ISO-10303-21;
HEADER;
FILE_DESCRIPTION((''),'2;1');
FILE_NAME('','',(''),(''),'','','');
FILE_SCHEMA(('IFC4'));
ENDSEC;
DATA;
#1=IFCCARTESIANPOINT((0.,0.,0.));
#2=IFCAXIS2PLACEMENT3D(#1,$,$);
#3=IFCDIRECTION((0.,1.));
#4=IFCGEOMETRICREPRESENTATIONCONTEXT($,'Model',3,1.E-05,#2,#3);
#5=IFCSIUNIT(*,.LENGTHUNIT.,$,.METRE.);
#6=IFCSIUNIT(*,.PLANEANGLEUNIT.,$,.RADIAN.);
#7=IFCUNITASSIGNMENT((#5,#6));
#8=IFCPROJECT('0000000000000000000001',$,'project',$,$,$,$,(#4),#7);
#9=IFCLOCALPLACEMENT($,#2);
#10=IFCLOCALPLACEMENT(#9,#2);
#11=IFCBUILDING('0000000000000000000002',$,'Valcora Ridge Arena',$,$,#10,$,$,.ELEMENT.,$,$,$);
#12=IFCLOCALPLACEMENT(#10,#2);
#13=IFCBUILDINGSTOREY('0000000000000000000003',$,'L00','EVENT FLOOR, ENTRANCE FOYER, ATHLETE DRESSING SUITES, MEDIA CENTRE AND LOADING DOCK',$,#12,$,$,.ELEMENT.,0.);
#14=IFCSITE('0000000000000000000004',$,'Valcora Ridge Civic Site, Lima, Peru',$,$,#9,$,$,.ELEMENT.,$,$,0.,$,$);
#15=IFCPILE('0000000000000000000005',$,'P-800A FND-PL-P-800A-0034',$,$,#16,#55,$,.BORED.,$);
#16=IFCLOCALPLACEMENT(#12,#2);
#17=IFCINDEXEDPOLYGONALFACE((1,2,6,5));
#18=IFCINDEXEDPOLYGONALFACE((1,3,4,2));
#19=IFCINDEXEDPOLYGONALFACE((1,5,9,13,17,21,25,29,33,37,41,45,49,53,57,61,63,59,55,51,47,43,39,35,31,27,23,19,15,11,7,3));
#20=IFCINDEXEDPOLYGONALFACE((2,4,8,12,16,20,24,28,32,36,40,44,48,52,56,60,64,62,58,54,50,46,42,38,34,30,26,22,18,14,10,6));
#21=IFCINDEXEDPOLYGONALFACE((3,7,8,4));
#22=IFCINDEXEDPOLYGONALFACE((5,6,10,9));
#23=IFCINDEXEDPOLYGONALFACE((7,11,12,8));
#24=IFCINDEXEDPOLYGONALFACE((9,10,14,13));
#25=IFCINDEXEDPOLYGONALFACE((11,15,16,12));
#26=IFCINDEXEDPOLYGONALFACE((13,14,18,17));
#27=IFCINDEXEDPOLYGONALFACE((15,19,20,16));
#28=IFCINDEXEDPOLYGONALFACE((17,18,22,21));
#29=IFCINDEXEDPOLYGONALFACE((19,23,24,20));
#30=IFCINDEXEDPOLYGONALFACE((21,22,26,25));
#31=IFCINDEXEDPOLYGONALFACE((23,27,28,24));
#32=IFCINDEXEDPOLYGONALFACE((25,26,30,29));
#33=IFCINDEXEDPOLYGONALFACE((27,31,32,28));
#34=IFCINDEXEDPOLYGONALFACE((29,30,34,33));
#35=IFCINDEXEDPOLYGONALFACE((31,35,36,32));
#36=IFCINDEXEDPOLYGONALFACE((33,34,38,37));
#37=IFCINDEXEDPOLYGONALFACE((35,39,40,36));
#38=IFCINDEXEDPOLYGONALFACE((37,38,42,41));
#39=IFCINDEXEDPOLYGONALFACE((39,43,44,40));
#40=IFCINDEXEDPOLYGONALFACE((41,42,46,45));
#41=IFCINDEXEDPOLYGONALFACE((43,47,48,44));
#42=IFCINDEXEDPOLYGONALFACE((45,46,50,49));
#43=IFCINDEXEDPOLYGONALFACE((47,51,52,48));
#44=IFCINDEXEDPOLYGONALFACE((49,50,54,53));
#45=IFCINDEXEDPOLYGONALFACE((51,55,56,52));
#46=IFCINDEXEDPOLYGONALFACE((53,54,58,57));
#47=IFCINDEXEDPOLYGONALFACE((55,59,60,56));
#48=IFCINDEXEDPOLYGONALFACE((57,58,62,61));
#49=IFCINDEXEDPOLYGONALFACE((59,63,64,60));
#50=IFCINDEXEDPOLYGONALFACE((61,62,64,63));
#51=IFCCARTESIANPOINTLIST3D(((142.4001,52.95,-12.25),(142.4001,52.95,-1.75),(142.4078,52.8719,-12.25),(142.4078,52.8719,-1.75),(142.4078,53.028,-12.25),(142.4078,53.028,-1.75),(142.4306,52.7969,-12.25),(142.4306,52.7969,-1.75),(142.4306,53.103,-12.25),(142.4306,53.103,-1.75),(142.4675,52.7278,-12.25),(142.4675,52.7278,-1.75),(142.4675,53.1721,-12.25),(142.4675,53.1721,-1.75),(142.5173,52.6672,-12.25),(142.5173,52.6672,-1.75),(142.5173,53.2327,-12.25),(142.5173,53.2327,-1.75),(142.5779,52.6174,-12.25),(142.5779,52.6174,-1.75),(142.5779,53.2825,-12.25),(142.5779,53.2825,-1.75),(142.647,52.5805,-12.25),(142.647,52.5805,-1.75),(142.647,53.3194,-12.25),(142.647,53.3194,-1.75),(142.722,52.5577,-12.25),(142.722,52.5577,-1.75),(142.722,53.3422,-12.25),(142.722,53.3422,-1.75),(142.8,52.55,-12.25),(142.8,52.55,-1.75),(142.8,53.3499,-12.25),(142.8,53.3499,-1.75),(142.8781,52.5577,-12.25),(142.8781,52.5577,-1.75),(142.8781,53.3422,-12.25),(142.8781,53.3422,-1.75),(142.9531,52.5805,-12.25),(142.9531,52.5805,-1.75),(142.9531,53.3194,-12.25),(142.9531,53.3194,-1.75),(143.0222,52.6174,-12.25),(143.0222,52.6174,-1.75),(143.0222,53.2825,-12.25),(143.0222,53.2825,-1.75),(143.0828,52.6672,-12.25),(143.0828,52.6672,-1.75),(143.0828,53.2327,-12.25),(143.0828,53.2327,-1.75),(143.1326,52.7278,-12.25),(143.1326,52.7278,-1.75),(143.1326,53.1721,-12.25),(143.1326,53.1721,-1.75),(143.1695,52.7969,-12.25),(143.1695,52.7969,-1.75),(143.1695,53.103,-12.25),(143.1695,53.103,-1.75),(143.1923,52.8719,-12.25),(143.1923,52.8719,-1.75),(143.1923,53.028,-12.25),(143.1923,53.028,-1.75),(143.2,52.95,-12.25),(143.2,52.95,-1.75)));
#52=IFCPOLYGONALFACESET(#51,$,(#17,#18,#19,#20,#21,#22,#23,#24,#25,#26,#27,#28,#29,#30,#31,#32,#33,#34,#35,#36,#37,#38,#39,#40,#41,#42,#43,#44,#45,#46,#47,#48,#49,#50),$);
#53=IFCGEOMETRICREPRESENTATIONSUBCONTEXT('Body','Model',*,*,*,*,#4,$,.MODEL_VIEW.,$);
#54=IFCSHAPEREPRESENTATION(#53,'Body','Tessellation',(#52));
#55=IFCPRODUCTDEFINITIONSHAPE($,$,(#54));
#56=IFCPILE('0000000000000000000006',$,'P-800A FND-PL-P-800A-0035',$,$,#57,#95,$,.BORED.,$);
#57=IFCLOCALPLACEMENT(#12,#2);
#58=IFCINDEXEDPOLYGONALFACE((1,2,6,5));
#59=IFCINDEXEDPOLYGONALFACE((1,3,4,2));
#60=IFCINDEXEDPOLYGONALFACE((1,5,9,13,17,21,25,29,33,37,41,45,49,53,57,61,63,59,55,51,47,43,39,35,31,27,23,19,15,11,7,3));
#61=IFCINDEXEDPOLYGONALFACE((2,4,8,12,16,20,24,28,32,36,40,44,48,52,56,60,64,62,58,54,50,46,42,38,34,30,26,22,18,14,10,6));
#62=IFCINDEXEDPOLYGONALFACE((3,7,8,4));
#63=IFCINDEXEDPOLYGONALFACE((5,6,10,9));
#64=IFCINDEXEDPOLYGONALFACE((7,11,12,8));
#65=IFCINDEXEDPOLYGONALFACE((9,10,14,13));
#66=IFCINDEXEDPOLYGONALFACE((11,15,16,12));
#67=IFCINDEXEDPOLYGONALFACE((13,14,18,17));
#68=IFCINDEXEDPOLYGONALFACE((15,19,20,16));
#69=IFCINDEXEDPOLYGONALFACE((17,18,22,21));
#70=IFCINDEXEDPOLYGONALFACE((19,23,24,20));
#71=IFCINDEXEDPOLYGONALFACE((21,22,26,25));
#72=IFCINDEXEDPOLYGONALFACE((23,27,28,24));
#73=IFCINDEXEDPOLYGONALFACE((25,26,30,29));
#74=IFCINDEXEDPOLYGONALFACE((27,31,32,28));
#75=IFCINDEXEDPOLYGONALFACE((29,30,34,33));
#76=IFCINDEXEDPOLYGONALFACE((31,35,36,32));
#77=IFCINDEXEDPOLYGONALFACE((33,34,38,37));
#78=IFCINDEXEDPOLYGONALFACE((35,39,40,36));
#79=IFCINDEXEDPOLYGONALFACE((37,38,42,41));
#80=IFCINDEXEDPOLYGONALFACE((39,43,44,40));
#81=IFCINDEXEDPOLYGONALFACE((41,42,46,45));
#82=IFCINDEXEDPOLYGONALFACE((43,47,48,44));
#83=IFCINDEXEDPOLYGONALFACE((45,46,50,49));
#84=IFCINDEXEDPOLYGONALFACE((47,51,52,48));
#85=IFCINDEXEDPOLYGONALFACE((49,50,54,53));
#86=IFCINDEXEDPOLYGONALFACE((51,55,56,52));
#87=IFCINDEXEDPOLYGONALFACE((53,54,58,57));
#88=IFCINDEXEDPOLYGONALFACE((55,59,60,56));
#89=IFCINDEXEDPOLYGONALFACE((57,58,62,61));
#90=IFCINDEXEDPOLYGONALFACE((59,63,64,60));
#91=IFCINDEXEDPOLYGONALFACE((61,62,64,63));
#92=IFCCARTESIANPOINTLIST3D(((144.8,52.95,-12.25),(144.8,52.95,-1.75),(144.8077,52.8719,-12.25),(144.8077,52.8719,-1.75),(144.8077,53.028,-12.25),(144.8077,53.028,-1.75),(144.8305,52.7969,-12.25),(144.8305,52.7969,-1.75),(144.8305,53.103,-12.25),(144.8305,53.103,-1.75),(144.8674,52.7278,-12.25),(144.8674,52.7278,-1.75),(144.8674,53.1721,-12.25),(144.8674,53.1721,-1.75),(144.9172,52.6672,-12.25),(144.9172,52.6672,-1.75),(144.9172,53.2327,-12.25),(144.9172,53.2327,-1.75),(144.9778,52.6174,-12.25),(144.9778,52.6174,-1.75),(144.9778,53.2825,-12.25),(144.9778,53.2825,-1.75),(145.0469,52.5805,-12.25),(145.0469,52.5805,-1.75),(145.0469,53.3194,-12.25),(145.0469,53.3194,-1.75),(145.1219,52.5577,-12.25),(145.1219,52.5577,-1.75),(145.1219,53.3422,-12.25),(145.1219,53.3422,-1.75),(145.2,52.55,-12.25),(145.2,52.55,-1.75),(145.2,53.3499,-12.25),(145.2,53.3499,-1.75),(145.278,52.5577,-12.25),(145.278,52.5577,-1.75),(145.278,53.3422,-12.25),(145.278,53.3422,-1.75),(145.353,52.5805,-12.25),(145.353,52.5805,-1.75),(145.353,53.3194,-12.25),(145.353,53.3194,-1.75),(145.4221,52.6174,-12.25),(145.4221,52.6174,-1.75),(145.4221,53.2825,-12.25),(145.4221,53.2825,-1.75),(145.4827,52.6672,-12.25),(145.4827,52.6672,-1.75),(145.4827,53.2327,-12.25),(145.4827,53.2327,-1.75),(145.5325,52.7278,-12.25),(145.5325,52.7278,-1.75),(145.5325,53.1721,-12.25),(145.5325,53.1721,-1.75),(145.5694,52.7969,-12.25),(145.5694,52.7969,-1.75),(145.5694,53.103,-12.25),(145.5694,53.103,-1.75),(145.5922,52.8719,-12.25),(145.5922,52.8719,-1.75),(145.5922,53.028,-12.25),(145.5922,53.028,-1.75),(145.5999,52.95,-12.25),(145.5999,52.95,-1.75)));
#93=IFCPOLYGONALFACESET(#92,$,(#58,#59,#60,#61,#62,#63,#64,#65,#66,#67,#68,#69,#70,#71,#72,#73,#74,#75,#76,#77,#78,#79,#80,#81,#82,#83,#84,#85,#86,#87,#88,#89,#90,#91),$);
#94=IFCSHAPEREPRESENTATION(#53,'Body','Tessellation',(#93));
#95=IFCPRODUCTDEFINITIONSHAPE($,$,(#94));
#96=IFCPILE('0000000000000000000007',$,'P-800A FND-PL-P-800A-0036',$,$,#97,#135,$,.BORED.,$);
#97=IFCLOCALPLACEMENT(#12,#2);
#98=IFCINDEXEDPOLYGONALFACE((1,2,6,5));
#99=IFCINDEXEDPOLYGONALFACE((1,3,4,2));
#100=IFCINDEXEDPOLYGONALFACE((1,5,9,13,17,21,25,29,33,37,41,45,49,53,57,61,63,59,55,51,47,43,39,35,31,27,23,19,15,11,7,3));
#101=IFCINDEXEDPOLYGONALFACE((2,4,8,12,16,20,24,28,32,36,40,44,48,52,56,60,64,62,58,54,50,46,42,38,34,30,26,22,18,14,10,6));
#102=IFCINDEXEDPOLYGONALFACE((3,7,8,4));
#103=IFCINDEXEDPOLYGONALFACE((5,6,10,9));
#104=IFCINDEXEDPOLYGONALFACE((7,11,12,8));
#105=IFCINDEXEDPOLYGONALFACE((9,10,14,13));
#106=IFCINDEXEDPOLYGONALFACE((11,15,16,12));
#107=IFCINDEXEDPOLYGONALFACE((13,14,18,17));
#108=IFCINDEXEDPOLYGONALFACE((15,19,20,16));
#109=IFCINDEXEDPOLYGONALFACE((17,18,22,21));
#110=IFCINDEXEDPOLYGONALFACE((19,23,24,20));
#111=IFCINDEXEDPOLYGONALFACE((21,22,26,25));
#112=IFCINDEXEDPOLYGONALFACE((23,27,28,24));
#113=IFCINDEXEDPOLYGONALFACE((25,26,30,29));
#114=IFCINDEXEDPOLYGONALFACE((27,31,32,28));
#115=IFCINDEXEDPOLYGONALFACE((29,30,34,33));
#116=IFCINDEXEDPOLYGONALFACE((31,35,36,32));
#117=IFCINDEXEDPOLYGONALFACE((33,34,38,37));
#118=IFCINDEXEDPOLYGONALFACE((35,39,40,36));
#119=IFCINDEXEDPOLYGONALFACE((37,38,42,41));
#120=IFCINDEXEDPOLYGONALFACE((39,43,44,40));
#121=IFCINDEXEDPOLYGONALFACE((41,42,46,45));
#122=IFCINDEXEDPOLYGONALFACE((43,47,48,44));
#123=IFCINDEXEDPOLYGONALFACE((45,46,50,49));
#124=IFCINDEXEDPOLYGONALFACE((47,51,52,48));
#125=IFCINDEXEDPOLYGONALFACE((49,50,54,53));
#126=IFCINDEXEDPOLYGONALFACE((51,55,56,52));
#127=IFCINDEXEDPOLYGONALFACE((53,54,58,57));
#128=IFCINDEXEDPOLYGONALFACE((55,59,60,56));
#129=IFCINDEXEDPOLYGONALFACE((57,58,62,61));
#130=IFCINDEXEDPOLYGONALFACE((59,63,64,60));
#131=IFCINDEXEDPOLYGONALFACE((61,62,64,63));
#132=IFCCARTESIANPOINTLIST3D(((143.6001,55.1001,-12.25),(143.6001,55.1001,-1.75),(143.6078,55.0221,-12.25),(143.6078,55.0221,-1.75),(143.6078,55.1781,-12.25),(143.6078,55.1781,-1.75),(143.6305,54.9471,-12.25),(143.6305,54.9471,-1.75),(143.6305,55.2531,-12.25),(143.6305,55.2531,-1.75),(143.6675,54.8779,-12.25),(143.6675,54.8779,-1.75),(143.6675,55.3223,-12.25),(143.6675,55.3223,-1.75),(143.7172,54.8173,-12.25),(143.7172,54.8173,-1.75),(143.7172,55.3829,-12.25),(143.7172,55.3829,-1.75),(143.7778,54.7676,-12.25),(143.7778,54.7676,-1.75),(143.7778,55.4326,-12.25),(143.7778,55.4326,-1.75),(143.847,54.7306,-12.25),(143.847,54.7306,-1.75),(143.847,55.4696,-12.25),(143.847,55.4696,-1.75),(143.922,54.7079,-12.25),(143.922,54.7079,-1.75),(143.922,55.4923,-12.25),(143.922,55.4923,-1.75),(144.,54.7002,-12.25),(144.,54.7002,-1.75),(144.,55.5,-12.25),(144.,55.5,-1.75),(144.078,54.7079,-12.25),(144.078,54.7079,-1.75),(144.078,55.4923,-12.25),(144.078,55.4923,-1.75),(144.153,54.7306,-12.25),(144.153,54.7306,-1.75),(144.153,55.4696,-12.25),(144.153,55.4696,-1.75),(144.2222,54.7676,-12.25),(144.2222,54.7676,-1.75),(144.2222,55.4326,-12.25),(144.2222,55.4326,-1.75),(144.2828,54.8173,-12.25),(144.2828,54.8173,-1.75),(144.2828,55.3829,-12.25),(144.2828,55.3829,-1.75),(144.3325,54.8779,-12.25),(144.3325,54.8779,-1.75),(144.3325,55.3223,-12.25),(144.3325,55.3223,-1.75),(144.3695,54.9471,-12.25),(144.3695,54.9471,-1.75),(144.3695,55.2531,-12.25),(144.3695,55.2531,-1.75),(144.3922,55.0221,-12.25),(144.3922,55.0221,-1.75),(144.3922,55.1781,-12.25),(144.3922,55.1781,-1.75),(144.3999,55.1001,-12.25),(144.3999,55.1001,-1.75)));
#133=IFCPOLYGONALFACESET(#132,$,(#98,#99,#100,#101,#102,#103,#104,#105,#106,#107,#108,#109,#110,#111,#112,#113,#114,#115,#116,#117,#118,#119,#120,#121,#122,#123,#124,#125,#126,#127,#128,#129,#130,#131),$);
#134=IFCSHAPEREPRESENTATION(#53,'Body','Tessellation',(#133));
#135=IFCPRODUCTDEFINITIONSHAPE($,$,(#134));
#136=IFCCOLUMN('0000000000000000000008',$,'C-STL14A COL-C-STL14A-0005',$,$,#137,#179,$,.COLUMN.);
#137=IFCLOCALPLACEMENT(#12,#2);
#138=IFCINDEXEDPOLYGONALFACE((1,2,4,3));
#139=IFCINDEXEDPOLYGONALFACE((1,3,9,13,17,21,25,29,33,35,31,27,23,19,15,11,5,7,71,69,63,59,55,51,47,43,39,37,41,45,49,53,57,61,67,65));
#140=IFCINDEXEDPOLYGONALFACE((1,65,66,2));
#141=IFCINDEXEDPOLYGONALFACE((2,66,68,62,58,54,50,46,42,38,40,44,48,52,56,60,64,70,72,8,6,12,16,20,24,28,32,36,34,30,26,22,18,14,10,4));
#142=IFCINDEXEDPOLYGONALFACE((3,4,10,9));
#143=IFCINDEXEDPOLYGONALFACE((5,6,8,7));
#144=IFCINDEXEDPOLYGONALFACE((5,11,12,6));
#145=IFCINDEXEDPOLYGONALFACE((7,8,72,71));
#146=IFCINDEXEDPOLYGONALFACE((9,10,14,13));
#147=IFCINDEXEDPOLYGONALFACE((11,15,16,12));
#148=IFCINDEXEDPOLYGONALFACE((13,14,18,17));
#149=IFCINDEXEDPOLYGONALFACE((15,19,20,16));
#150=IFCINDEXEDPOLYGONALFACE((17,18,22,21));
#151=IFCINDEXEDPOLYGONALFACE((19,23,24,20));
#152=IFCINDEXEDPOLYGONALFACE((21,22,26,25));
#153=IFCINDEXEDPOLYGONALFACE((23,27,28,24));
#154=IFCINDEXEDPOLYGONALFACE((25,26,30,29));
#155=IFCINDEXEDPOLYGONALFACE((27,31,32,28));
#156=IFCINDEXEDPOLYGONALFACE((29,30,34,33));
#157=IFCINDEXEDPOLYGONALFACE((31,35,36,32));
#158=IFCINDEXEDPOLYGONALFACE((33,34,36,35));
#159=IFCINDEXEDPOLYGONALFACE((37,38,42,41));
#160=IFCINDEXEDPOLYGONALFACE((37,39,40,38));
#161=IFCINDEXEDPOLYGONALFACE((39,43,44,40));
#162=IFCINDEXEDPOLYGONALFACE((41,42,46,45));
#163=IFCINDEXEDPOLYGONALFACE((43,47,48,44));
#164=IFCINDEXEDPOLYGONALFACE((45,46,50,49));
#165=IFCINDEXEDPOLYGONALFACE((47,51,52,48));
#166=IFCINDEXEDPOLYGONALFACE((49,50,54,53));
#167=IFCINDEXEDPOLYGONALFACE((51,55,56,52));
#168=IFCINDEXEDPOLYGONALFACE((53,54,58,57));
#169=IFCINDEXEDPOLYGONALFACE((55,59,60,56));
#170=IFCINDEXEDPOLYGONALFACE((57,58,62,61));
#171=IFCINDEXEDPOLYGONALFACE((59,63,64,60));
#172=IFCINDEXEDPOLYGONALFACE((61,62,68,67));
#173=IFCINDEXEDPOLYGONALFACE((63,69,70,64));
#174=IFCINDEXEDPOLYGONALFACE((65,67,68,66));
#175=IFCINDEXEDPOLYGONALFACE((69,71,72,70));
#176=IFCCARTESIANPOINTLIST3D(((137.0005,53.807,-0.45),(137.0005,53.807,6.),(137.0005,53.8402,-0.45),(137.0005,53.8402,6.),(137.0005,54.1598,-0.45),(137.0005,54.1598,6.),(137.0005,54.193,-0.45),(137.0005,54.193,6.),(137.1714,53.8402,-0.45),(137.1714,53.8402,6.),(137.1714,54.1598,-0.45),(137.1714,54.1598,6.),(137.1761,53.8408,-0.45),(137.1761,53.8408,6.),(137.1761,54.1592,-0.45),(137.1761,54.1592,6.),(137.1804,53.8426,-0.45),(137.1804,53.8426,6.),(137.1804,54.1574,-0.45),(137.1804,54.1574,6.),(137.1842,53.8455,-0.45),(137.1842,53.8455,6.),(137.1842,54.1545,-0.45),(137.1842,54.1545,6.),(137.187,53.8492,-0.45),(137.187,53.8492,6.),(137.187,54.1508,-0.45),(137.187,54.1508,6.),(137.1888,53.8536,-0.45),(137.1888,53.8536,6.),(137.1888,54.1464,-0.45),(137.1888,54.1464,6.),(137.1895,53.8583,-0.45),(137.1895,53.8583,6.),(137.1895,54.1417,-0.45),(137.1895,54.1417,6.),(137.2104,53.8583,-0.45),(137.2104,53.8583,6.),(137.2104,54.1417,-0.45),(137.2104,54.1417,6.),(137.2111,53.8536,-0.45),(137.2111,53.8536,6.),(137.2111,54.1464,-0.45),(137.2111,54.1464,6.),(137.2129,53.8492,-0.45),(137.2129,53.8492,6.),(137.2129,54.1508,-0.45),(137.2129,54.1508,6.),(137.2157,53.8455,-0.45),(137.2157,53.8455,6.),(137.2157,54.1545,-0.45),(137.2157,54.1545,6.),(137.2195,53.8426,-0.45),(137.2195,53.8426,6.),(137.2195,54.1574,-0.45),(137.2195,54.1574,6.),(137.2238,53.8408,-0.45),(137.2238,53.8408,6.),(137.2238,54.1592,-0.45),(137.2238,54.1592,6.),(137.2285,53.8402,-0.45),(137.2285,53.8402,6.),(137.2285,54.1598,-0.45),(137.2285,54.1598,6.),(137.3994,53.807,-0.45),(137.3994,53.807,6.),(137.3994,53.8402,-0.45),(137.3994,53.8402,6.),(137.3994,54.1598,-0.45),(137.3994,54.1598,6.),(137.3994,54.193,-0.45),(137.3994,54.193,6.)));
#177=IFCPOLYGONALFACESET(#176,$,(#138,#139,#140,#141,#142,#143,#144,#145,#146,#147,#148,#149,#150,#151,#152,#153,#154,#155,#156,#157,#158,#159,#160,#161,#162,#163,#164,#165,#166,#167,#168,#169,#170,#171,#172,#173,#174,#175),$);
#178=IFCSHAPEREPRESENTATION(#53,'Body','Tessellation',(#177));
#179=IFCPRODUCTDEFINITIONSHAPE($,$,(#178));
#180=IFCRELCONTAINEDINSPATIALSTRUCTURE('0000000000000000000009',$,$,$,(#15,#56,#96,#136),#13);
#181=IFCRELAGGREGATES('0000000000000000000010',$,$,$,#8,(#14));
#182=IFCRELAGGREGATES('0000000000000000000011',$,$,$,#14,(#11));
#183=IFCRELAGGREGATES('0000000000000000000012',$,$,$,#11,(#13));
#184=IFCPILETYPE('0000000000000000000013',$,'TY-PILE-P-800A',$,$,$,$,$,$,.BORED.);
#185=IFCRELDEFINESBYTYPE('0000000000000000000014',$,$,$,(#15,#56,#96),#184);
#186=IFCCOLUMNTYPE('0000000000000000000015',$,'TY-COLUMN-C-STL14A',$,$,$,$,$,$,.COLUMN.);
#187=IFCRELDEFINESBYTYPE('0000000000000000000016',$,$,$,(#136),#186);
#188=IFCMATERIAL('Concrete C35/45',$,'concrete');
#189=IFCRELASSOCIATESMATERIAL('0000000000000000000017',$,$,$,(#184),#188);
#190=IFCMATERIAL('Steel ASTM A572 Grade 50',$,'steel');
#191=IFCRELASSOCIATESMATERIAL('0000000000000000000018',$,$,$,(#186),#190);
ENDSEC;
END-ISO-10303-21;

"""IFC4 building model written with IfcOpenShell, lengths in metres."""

from ifc_helpers import new_model, si_unit, direction, frame, origin, origin_2d, place, context, subcontext, project, spatial, circle, i_section, extrude, material, material_profile, profile_set, type_object, element, save


model = new_model("IFC4")

# Units and contexts
model_context = context("Model", 3, precision=1e-05, world=origin(), true_north=direction((0.0, 1.0)))
body_context = subcontext(model_context, "Body", "Model", "MODEL_VIEW")
ifc_project = project(units=[si_unit("LENGTHUNIT", "METRE"), si_unit("PLANEANGLEUNIT", "RADIAN")], contexts=[model_context])

# Site, building, storey
site_placement = place(None, origin())
site = spatial("IfcSite", under=ifc_project, at=site_placement, Name="Valcora Ridge Civic Site, Lima, Peru", CompositionType="ELEMENT", RefElevation=0.0)
building_placement = place(site_placement, origin())
building = spatial("IfcBuilding", under=site, at=building_placement, Name="Valcora Ridge Arena", CompositionType="ELEMENT")
storey_placement = place(building_placement, origin())
storey = spatial("IfcBuildingStorey", under=building, at=storey_placement, Name="L00", Description="EVENT FLOOR, ENTRANCE FOYER, ATHLETE DRESSING SUITES, MEDIA CENTRE AND LOADING DOCK", CompositionType="ELEMENT", Elevation=0.0)

# Piles
ifc_material_1 = material(Name="Concrete C35/45", Category="concrete")
ifc_material_profile_1 = material_profile(ifc_material_1, circle(Radius=0.3999, at=origin_2d()), Name="BORED PILE D800")
ifc_profile_set_1 = profile_set([ifc_material_profile_1], Name="Concrete C35/45")
pile_type = type_object("IfcPileType", Name="TY-PILE-P-800A", PredefinedType="BORED", material=ifc_profile_set_1)
for number, where, z_axis, x_axis, name in (
    (1, (142.8, 52.95, -1.75), (0.0, 0.0, -1.0), (1.0, 0.0, 0.0), "P-800A FND-PL-P-800A-0034"),
    (2, (145.2, 52.95, -1.75), (0.0, 0.0, -1.0), (1.0, 0.0, 0.0), "P-800A FND-PL-P-800A-0035"),
    (3, (144.0, 55.1001, -1.75), (0.0, 0.0, -1.0), (1.0, 0.0, 0.0), "P-800A FND-PL-P-800A-0036"),
):
    element("IfcPile", number, at=place(storey_placement, frame(where, z_axis=z_axis, x_axis=x_axis)), inside=storey, type_object=pile_type, Name=name, PredefinedType="BORED", context=body_context, shape_type="SweptSolid", body=[
        extrude(circle(Radius=0.3999, at=origin_2d()), origin(), (0.0, 0.0, 1.0), 10.5),
    ])

# Column
ifc_material_2 = material(Name="Steel ASTM A572 Grade 50", Category="steel")
ifc_material_profile_2 = material_profile(ifc_material_2, i_section(OverallWidth=0.3989, OverallDepth=0.386, WebThickness=0.021, FlangeThickness=0.0332, FilletRadius=0.0181, at=origin_2d()), Name="W14X176")
ifc_profile_set_2 = profile_set([ifc_material_profile_2], Name="Steel ASTM A572 Grade 50")
column_type = type_object("IfcColumnType", Name="TY-COLUMN-C-STL14A", PredefinedType="COLUMN", material=ifc_profile_set_2)
for number, where, z_axis, x_axis, name in (
    (4, (137.2, 54.0, -0.45), (0.0, 0.0, 1.0), (1.0, 0.0, 0.0), "C-STL14A COL-C-STL14A-0005"),
):
    element("IfcColumn", number, at=place(storey_placement, frame(where, z_axis=z_axis, x_axis=x_axis)), inside=storey, type_object=column_type, Name=name, PredefinedType="COLUMN", context=body_context, shape_type="SweptSolid", body=[
        extrude(i_section(OverallWidth=0.3989, OverallDepth=0.386, WebThickness=0.021, FlangeThickness=0.0332, FilletRadius=0.0181, at=origin_2d()), origin(), (0.0, 0.0, 1.0), 6.45),
    ])

save(model, "model.ifc")
